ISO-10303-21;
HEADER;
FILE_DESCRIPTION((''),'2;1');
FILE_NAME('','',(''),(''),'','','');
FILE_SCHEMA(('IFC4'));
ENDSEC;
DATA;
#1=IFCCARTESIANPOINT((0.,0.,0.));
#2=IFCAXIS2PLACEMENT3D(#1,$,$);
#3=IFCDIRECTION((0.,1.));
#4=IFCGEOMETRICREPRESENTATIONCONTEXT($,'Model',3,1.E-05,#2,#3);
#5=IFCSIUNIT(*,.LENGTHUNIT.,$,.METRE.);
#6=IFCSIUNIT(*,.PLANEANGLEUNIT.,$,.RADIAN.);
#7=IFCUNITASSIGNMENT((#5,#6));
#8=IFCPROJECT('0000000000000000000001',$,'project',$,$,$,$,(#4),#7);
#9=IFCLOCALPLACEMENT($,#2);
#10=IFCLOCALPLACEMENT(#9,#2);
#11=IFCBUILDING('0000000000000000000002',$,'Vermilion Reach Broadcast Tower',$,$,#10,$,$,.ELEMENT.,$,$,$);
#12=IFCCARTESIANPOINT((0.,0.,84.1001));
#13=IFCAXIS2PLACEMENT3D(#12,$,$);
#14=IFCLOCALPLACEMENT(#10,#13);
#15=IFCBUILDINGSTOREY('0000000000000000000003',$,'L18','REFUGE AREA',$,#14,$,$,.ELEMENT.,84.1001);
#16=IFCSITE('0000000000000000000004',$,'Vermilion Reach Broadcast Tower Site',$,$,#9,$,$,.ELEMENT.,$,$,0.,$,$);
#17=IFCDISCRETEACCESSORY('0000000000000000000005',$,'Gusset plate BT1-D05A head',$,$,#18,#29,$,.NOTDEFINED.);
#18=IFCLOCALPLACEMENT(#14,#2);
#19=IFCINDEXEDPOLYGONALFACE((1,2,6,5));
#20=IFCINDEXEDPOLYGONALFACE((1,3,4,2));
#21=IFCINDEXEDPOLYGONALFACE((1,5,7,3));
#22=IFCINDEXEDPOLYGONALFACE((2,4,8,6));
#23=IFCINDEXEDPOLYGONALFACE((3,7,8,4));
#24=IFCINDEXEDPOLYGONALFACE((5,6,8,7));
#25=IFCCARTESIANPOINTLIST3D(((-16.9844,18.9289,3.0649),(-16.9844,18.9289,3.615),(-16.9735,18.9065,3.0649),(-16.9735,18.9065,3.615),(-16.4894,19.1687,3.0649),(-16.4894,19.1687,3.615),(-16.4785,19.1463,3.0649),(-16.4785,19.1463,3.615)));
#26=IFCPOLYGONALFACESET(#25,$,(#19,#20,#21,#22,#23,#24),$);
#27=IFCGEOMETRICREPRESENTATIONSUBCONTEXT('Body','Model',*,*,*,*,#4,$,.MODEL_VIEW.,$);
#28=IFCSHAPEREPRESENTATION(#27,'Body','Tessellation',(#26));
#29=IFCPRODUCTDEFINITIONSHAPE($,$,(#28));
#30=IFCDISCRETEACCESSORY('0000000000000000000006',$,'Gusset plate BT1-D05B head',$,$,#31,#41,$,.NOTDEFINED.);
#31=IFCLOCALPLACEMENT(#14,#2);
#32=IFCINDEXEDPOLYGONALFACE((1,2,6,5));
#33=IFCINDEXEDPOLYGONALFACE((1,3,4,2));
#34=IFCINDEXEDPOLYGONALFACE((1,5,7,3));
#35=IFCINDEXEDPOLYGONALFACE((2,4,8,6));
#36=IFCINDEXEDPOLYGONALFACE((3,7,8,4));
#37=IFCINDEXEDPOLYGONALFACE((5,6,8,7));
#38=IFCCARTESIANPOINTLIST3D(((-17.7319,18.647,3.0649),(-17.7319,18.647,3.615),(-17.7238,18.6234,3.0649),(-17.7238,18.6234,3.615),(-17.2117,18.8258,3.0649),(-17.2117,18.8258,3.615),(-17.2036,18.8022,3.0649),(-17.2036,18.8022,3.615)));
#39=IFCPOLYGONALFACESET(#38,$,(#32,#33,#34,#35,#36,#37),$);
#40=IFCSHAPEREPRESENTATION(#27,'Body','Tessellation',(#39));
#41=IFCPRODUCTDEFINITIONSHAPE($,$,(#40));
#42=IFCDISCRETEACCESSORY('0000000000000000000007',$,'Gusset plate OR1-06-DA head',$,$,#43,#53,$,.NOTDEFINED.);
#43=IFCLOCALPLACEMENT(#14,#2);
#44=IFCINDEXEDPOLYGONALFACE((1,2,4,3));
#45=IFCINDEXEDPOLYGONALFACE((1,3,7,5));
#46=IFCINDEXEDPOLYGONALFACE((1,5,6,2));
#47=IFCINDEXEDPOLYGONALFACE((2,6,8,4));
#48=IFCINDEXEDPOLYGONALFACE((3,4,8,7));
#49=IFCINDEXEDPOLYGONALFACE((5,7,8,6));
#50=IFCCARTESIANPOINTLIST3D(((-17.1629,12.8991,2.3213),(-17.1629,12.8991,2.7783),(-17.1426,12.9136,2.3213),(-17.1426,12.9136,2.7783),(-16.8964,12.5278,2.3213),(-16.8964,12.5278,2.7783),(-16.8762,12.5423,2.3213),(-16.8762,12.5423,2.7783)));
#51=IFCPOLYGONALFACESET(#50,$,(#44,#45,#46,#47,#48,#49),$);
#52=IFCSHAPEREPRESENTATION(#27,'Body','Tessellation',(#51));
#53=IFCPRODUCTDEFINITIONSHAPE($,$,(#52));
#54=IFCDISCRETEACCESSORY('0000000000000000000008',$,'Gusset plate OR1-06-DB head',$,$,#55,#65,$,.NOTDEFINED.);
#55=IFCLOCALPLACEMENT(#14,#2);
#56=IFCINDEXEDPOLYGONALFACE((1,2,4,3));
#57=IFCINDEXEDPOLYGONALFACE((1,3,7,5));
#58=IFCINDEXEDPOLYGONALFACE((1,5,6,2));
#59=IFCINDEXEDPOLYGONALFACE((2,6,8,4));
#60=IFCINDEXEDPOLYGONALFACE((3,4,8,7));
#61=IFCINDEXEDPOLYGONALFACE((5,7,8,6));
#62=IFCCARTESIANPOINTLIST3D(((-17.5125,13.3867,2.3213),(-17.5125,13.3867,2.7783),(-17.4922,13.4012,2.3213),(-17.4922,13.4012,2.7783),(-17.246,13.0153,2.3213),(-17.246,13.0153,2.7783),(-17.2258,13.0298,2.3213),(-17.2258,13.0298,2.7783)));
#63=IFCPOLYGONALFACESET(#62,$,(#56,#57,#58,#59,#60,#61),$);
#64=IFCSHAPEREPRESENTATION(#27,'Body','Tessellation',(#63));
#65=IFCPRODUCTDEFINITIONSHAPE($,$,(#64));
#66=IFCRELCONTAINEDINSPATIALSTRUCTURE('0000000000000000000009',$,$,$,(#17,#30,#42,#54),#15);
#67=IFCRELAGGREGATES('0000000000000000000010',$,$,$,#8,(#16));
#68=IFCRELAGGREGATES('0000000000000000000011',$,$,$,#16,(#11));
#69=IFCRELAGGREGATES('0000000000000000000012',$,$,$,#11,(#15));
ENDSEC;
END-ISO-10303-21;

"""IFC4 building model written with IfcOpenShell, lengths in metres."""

from ifc_helpers import new_model, si_unit, direction, frame, origin, origin_2d, place, context, subcontext, project, spatial, rectangle, extrude, element, save


model = new_model("IFC4")

# Units and contexts
model_context = context("Model", 3, precision=1e-05, world=origin(), true_north=direction((0.0, 1.0)))
body_context = subcontext(model_context, "Body", "Model", "MODEL_VIEW")
ifc_project = project(units=[si_unit("LENGTHUNIT", "METRE"), si_unit("PLANEANGLEUNIT", "RADIAN")], contexts=[model_context])

# Site, building, storey
site_placement = place(None, origin())
site = spatial("IfcSite", under=ifc_project, at=site_placement, Name="Vermilion Reach Broadcast Tower Site", CompositionType="ELEMENT", RefElevation=0.0)
building_placement = place(site_placement, origin())
building = spatial("IfcBuilding", under=site, at=building_placement, Name="Vermilion Reach Broadcast Tower", CompositionType="ELEMENT")
storey_placement = place(building_placement, frame((0.0, 0.0, 84.1001)))
storey = spatial("IfcBuildingStorey", under=building, at=storey_placement, Name="L18", Description="REFUGE AREA", CompositionType="ELEMENT", Elevation=84.1001)

# Discrete accessories
for number, where, z_axis, x_axis, name in (
    (1, (-16.7314, 19.0376, 3.0649), (0.0, 0.0, 1.0), (0.435959, -0.899967, 0.0), "Gusset plate BT1-D05A head"),
    (2, (-17.4678, 18.7246, 3.0649), (0.0, 0.0, 1.0), (-0.325102, 0.945679, 0.0), "Gusset plate BT1-D05B head"),
):
    element("IfcDiscreteAccessory", number, at=place(storey_placement, frame(where, z_axis=z_axis, x_axis=x_axis)), inside=storey, Name=name, PredefinedType="NOTDEFINED", context=body_context, shape_type="SweptSolid", body=[
        extrude(rectangle(XDim=0.0249, YDim=0.55, at=origin_2d()), origin(), (0.0, 0.0, 1.0), 0.55),
    ])
for number, where, z_axis, x_axis, name in (
    (3, (-17.0195, 12.7207, 2.3213), (0.0, 0.0, 1.0), (-0.812521, -0.582932, 0.0), "Gusset plate OR1-06-DA head"),
    (4, (-17.3691, 13.2083, 2.3213), (0.0, 0.0, 1.0), (-0.812521, -0.582932, 0.0), "Gusset plate OR1-06-DB head"),
):
    element("IfcDiscreteAccessory", number, at=place(storey_placement, frame(where, z_axis=z_axis, x_axis=x_axis)), inside=storey, Name=name, PredefinedType="NOTDEFINED", context=body_context, shape_type="SweptSolid", body=[
        extrude(rectangle(XDim=0.0249, YDim=0.457, at=origin_2d()), origin(), (0.0, 0.0, 1.0), 0.457),
    ])

save(model, "model.ifc")
